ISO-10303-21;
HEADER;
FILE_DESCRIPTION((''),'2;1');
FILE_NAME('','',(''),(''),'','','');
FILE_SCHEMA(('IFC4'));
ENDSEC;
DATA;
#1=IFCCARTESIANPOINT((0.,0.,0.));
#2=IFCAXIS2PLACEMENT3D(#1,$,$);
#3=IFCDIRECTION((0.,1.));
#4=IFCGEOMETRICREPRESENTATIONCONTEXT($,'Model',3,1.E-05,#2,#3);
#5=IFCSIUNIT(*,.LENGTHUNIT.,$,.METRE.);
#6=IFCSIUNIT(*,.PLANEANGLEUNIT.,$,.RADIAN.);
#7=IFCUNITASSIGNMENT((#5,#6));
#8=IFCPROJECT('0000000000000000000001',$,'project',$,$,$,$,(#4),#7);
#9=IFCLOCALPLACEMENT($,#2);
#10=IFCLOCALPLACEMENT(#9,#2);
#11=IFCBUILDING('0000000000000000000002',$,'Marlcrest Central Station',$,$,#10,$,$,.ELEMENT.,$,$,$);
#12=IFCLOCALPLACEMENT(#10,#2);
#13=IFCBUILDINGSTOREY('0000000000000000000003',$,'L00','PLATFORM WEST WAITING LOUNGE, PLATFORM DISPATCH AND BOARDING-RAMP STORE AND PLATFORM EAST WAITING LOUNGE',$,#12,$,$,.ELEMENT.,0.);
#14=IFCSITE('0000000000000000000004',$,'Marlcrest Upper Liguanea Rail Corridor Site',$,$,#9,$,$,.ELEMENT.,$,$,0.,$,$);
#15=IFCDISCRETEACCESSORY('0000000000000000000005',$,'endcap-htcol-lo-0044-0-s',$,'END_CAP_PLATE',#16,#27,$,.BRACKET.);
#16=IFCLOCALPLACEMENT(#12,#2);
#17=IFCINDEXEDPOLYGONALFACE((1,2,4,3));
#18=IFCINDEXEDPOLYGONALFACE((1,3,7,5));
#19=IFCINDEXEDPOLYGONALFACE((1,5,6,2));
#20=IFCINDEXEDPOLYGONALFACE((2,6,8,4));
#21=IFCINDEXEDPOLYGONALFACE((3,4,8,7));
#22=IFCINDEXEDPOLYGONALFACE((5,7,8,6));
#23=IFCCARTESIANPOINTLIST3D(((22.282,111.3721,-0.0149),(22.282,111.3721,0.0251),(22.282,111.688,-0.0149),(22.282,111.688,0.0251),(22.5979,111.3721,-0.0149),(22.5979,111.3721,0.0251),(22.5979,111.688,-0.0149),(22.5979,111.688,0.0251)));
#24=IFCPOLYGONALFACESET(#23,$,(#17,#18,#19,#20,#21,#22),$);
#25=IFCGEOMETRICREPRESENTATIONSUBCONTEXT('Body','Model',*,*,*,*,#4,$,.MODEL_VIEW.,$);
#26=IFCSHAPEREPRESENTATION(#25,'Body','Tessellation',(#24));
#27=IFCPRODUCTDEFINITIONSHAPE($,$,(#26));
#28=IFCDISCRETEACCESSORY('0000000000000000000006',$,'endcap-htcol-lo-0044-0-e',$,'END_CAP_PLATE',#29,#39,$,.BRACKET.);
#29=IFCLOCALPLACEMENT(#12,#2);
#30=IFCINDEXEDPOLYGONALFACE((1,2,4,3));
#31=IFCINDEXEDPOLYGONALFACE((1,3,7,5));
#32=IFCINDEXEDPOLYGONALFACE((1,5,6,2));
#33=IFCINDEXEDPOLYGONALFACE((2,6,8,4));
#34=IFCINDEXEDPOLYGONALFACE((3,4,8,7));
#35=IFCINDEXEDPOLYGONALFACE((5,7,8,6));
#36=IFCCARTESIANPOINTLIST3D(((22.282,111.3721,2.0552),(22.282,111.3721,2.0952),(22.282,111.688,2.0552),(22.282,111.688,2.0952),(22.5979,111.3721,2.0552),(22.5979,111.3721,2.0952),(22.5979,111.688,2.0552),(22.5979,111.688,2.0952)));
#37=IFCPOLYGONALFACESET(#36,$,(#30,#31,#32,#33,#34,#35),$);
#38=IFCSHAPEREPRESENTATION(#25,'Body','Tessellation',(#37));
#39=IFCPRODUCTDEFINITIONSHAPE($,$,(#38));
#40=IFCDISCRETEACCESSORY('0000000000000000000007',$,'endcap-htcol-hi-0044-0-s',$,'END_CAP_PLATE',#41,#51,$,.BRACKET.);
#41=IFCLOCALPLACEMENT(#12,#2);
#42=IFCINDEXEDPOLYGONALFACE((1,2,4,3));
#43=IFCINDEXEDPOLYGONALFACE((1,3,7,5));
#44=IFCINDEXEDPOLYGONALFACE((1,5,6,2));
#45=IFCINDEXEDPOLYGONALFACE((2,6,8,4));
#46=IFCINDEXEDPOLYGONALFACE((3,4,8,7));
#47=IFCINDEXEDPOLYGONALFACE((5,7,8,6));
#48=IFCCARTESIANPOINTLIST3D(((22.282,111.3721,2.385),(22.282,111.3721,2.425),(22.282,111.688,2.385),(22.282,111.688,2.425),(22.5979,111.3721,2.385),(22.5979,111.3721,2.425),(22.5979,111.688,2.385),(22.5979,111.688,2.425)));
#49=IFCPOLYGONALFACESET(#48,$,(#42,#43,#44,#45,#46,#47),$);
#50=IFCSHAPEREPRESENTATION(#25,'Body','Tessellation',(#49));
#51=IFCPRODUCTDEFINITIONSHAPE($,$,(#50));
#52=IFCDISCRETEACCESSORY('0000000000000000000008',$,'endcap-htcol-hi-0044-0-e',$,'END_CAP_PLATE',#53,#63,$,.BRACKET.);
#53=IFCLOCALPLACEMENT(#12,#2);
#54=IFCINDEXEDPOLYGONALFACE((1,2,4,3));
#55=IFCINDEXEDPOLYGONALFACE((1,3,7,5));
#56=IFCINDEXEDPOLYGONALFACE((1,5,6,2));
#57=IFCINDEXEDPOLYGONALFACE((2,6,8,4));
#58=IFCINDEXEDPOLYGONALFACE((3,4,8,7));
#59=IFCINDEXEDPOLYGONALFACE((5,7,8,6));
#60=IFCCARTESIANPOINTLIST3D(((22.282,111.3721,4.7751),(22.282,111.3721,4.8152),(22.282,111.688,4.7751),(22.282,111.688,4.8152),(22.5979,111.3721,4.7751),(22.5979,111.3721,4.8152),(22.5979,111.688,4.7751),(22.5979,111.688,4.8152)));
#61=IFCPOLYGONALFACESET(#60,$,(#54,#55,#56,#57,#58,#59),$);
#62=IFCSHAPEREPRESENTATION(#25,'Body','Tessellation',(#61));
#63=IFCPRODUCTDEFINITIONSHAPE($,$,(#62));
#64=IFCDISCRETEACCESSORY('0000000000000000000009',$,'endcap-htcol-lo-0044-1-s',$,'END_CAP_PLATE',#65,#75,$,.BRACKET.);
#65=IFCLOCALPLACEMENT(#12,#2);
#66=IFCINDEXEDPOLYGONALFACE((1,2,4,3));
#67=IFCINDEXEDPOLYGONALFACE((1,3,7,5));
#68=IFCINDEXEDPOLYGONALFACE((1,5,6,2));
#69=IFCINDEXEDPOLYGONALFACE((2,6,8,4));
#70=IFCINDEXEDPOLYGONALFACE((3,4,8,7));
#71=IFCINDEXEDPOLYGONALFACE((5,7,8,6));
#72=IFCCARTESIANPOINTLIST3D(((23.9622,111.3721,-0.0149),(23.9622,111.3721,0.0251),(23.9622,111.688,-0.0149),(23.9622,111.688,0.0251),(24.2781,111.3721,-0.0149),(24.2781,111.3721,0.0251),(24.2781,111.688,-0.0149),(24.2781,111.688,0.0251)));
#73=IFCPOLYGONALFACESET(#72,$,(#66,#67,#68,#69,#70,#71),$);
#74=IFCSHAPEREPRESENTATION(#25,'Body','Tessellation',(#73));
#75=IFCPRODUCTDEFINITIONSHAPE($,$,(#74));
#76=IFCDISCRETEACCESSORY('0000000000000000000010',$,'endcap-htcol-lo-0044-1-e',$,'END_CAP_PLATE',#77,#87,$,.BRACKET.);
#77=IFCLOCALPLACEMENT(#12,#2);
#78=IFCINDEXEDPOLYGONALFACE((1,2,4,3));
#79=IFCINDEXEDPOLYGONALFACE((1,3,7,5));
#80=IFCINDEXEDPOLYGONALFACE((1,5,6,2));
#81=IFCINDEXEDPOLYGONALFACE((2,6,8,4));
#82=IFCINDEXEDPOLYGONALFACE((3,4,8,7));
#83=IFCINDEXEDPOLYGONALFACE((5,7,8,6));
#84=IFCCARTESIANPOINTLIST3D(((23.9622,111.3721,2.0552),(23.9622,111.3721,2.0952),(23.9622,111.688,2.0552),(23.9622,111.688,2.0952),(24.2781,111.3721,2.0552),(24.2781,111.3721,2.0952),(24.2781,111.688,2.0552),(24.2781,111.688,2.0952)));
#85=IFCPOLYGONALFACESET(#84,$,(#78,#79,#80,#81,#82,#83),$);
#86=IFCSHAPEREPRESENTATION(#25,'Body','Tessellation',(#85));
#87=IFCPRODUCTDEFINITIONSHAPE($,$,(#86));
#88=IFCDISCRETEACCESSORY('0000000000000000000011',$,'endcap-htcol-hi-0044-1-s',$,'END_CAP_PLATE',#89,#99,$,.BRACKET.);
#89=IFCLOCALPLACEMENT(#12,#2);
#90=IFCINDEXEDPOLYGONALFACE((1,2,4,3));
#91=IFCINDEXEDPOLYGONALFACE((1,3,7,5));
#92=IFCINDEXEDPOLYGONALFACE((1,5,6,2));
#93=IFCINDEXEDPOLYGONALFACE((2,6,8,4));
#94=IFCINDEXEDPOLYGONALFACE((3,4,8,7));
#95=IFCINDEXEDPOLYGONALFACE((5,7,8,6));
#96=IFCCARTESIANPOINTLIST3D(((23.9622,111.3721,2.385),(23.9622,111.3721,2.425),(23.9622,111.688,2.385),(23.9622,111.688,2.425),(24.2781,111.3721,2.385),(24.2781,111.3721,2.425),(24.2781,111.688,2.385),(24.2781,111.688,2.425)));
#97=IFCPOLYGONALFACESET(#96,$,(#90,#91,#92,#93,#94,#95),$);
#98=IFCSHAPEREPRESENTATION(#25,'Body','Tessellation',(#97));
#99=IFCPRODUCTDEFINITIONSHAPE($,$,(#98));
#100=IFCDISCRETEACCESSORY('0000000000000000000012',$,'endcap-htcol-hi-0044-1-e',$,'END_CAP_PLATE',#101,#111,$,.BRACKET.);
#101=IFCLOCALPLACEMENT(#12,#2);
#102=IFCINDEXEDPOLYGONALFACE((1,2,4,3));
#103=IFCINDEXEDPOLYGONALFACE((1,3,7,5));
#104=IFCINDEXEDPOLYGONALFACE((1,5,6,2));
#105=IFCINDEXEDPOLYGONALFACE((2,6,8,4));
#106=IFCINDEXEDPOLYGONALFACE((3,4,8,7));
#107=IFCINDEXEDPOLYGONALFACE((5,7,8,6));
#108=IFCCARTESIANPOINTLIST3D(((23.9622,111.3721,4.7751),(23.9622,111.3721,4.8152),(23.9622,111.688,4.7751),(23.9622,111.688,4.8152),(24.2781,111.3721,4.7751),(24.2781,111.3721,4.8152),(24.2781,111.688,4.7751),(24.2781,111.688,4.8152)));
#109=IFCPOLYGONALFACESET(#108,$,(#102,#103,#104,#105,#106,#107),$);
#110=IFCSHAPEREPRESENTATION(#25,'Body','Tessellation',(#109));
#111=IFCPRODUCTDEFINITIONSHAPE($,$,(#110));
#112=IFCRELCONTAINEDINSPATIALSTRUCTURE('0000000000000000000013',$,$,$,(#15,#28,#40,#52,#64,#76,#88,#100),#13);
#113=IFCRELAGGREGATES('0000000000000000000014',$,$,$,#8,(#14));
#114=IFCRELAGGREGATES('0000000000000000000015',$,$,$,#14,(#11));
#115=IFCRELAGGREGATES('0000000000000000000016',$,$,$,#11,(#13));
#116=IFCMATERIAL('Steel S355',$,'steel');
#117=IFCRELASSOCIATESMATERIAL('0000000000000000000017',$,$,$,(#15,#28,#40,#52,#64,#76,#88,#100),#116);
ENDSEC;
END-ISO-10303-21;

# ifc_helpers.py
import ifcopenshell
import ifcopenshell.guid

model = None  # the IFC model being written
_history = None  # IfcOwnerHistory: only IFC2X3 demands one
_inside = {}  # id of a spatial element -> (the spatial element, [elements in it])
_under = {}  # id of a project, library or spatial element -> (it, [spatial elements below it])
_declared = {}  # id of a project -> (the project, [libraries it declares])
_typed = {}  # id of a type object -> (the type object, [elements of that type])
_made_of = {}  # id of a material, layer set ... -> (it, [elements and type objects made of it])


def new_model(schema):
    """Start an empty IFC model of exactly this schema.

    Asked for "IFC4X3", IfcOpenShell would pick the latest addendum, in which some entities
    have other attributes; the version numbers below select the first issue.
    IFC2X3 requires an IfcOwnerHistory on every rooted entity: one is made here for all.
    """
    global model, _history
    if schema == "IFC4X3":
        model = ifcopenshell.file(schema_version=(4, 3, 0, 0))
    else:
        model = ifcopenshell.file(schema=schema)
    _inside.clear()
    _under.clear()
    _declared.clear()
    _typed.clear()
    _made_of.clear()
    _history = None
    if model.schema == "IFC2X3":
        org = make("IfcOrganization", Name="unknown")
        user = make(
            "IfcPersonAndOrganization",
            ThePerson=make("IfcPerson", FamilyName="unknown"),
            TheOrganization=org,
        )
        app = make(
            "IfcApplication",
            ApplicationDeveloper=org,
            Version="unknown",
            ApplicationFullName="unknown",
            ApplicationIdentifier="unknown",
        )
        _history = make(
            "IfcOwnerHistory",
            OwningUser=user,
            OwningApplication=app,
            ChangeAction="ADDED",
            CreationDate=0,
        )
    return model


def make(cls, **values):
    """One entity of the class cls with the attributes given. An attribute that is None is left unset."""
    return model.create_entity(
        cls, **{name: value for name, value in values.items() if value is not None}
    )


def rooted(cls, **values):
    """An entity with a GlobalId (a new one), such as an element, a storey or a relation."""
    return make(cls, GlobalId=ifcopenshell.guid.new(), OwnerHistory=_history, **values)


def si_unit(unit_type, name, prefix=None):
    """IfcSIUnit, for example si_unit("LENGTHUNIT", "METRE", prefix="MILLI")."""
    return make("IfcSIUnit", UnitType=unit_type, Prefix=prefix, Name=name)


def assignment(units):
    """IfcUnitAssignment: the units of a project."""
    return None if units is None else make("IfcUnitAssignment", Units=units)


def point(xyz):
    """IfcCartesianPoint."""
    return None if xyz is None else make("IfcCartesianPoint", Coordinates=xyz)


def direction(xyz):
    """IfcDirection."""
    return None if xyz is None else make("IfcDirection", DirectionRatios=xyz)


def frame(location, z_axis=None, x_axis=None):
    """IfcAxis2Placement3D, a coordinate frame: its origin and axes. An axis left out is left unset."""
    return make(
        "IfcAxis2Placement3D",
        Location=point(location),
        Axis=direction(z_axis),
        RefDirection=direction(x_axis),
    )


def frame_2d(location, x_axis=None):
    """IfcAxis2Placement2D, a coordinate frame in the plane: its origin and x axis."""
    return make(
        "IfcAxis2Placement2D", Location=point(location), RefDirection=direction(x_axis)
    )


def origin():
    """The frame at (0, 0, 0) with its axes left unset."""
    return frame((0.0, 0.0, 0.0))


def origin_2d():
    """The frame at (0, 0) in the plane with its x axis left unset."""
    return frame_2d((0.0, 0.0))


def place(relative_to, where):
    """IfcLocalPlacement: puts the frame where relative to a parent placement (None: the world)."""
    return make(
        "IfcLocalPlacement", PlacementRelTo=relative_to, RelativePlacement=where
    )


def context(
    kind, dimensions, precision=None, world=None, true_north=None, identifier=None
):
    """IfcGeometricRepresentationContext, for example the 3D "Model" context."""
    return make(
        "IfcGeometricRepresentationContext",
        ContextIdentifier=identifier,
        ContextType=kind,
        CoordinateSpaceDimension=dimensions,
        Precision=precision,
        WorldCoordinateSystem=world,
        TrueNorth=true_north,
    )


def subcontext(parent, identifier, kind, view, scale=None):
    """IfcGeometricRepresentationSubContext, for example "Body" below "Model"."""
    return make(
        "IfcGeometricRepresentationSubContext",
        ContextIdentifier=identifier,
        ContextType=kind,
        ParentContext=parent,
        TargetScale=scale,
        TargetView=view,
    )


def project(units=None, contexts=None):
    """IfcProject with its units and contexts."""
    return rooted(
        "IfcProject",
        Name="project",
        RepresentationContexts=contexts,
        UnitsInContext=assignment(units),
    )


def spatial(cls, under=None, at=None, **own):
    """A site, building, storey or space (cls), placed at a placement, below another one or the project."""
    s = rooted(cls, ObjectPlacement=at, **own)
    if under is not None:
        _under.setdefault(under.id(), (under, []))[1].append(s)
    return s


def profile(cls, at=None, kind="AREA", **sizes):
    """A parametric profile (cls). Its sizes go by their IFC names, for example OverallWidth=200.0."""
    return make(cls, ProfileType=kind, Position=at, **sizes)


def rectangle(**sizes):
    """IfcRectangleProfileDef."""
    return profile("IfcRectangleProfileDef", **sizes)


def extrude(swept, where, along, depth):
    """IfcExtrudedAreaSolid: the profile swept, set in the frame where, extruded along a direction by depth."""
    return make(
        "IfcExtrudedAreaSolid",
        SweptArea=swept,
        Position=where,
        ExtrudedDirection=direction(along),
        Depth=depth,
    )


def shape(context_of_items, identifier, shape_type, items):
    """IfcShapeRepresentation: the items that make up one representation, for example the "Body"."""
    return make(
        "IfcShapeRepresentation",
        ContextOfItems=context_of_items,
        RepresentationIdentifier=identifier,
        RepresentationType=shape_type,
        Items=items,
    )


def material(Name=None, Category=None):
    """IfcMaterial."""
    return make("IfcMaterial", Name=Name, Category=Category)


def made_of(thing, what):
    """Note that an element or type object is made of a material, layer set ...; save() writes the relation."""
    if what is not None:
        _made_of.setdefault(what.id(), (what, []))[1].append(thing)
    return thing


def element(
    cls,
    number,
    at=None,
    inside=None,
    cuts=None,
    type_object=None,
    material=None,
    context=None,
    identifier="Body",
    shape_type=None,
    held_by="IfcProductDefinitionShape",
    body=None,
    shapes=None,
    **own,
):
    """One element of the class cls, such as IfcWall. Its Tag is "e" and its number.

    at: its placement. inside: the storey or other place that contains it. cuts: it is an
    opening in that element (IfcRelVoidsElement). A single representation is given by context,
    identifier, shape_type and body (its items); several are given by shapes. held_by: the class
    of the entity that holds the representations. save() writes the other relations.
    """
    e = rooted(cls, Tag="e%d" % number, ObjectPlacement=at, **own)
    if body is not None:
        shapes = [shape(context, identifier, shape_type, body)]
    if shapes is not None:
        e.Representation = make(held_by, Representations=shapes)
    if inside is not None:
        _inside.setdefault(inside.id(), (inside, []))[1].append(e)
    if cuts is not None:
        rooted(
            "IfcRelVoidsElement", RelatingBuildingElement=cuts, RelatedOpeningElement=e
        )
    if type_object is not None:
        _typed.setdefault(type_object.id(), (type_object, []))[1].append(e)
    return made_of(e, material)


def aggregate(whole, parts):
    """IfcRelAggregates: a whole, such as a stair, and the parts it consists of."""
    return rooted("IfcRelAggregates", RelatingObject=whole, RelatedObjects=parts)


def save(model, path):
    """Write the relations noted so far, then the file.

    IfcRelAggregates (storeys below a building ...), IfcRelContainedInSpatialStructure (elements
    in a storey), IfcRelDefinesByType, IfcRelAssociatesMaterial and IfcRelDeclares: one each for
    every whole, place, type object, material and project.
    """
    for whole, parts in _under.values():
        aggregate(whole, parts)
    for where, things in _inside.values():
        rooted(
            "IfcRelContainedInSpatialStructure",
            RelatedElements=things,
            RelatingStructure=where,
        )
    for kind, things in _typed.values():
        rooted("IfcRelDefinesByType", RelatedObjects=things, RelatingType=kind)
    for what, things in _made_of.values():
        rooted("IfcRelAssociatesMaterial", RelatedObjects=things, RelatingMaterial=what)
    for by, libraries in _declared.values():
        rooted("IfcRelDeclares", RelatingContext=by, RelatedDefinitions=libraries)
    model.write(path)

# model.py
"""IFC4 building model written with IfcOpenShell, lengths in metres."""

from ifc_helpers import new_model, si_unit, direction, frame, origin, origin_2d, place, context, subcontext, project, spatial, rectangle, extrude, material, element, save


model = new_model("IFC4")

# Units and contexts
model_context = context("Model", 3, precision=1e-05, world=origin(), true_north=direction((0.0, 1.0)))
body_context = subcontext(model_context, "Body", "Model", "MODEL_VIEW")
ifc_project = project(units=[si_unit("LENGTHUNIT", "METRE"), si_unit("PLANEANGLEUNIT", "RADIAN")], contexts=[model_context])

# Site, building, storey
site_placement = place(None, origin())
site = spatial("IfcSite", under=ifc_project, at=site_placement, Name="Marlcrest Upper Liguanea Rail Corridor Site", CompositionType="ELEMENT", RefElevation=0.0)
building_placement = place(site_placement, origin())
building = spatial("IfcBuilding", under=site, at=building_placement, Name="Marlcrest Central Station", CompositionType="ELEMENT")
storey_placement = place(building_placement, origin())
storey = spatial("IfcBuildingStorey", under=building, at=storey_placement, Name="L00", Description="PLATFORM WEST WAITING LOUNGE, PLATFORM DISPATCH AND BOARDING-RAMP STORE AND PLATFORM EAST WAITING LOUNGE", CompositionType="ELEMENT", Elevation=0.0)

# Shared definitions
ifc_material_1 = material(Name="Steel S355", Category="steel")

# Discrete accessories
for number, where, z_axis, x_axis, name in (
    (1, (22.4399, 111.53, -0.0149), (0.0, 0.0, 1.0), (1.0, 0.0, 0.0), "endcap-htcol-lo-0044-0-s"),
    (2, (22.4399, 111.53, 2.0552), (0.0, 0.0, 1.0), (1.0, 0.0, 0.0), "endcap-htcol-lo-0044-0-e"),
    (3, (22.4399, 111.53, 2.385), (0.0, 0.0, 1.0), (1.0, 0.0, 0.0), "endcap-htcol-hi-0044-0-s"),
    (4, (22.4399, 111.53, 4.7751), (0.0, 0.0, 1.0), (1.0, 0.0, 0.0), "endcap-htcol-hi-0044-0-e"),
    (5, (24.1201, 111.53, -0.0149), (0.0, 0.0, 1.0), (1.0, 0.0, 0.0), "endcap-htcol-lo-0044-1-s"),
    (6, (24.1201, 111.53, 2.0552), (0.0, 0.0, 1.0), (1.0, 0.0, 0.0), "endcap-htcol-lo-0044-1-e"),
    (7, (24.1201, 111.53, 2.385), (0.0, 0.0, 1.0), (1.0, 0.0, 0.0), "endcap-htcol-hi-0044-1-s"),
    (8, (24.1201, 111.53, 4.7751), (0.0, 0.0, 1.0), (1.0, 0.0, 0.0), "endcap-htcol-hi-0044-1-e"),
):
    element("IfcDiscreteAccessory", number, at=place(storey_placement, frame(where, z_axis=z_axis, x_axis=x_axis)), inside=storey, material=ifc_material_1, Name=name, ObjectType="END_CAP_PLATE", PredefinedType="BRACKET", context=body_context, shape_type="SweptSolid", body=[
        extrude(rectangle(XDim=0.3159, YDim=0.3159, at=origin_2d()), origin(), (0.0, 0.0, 1.0), 0.04),
    ])

save(model, "model.ifc")
